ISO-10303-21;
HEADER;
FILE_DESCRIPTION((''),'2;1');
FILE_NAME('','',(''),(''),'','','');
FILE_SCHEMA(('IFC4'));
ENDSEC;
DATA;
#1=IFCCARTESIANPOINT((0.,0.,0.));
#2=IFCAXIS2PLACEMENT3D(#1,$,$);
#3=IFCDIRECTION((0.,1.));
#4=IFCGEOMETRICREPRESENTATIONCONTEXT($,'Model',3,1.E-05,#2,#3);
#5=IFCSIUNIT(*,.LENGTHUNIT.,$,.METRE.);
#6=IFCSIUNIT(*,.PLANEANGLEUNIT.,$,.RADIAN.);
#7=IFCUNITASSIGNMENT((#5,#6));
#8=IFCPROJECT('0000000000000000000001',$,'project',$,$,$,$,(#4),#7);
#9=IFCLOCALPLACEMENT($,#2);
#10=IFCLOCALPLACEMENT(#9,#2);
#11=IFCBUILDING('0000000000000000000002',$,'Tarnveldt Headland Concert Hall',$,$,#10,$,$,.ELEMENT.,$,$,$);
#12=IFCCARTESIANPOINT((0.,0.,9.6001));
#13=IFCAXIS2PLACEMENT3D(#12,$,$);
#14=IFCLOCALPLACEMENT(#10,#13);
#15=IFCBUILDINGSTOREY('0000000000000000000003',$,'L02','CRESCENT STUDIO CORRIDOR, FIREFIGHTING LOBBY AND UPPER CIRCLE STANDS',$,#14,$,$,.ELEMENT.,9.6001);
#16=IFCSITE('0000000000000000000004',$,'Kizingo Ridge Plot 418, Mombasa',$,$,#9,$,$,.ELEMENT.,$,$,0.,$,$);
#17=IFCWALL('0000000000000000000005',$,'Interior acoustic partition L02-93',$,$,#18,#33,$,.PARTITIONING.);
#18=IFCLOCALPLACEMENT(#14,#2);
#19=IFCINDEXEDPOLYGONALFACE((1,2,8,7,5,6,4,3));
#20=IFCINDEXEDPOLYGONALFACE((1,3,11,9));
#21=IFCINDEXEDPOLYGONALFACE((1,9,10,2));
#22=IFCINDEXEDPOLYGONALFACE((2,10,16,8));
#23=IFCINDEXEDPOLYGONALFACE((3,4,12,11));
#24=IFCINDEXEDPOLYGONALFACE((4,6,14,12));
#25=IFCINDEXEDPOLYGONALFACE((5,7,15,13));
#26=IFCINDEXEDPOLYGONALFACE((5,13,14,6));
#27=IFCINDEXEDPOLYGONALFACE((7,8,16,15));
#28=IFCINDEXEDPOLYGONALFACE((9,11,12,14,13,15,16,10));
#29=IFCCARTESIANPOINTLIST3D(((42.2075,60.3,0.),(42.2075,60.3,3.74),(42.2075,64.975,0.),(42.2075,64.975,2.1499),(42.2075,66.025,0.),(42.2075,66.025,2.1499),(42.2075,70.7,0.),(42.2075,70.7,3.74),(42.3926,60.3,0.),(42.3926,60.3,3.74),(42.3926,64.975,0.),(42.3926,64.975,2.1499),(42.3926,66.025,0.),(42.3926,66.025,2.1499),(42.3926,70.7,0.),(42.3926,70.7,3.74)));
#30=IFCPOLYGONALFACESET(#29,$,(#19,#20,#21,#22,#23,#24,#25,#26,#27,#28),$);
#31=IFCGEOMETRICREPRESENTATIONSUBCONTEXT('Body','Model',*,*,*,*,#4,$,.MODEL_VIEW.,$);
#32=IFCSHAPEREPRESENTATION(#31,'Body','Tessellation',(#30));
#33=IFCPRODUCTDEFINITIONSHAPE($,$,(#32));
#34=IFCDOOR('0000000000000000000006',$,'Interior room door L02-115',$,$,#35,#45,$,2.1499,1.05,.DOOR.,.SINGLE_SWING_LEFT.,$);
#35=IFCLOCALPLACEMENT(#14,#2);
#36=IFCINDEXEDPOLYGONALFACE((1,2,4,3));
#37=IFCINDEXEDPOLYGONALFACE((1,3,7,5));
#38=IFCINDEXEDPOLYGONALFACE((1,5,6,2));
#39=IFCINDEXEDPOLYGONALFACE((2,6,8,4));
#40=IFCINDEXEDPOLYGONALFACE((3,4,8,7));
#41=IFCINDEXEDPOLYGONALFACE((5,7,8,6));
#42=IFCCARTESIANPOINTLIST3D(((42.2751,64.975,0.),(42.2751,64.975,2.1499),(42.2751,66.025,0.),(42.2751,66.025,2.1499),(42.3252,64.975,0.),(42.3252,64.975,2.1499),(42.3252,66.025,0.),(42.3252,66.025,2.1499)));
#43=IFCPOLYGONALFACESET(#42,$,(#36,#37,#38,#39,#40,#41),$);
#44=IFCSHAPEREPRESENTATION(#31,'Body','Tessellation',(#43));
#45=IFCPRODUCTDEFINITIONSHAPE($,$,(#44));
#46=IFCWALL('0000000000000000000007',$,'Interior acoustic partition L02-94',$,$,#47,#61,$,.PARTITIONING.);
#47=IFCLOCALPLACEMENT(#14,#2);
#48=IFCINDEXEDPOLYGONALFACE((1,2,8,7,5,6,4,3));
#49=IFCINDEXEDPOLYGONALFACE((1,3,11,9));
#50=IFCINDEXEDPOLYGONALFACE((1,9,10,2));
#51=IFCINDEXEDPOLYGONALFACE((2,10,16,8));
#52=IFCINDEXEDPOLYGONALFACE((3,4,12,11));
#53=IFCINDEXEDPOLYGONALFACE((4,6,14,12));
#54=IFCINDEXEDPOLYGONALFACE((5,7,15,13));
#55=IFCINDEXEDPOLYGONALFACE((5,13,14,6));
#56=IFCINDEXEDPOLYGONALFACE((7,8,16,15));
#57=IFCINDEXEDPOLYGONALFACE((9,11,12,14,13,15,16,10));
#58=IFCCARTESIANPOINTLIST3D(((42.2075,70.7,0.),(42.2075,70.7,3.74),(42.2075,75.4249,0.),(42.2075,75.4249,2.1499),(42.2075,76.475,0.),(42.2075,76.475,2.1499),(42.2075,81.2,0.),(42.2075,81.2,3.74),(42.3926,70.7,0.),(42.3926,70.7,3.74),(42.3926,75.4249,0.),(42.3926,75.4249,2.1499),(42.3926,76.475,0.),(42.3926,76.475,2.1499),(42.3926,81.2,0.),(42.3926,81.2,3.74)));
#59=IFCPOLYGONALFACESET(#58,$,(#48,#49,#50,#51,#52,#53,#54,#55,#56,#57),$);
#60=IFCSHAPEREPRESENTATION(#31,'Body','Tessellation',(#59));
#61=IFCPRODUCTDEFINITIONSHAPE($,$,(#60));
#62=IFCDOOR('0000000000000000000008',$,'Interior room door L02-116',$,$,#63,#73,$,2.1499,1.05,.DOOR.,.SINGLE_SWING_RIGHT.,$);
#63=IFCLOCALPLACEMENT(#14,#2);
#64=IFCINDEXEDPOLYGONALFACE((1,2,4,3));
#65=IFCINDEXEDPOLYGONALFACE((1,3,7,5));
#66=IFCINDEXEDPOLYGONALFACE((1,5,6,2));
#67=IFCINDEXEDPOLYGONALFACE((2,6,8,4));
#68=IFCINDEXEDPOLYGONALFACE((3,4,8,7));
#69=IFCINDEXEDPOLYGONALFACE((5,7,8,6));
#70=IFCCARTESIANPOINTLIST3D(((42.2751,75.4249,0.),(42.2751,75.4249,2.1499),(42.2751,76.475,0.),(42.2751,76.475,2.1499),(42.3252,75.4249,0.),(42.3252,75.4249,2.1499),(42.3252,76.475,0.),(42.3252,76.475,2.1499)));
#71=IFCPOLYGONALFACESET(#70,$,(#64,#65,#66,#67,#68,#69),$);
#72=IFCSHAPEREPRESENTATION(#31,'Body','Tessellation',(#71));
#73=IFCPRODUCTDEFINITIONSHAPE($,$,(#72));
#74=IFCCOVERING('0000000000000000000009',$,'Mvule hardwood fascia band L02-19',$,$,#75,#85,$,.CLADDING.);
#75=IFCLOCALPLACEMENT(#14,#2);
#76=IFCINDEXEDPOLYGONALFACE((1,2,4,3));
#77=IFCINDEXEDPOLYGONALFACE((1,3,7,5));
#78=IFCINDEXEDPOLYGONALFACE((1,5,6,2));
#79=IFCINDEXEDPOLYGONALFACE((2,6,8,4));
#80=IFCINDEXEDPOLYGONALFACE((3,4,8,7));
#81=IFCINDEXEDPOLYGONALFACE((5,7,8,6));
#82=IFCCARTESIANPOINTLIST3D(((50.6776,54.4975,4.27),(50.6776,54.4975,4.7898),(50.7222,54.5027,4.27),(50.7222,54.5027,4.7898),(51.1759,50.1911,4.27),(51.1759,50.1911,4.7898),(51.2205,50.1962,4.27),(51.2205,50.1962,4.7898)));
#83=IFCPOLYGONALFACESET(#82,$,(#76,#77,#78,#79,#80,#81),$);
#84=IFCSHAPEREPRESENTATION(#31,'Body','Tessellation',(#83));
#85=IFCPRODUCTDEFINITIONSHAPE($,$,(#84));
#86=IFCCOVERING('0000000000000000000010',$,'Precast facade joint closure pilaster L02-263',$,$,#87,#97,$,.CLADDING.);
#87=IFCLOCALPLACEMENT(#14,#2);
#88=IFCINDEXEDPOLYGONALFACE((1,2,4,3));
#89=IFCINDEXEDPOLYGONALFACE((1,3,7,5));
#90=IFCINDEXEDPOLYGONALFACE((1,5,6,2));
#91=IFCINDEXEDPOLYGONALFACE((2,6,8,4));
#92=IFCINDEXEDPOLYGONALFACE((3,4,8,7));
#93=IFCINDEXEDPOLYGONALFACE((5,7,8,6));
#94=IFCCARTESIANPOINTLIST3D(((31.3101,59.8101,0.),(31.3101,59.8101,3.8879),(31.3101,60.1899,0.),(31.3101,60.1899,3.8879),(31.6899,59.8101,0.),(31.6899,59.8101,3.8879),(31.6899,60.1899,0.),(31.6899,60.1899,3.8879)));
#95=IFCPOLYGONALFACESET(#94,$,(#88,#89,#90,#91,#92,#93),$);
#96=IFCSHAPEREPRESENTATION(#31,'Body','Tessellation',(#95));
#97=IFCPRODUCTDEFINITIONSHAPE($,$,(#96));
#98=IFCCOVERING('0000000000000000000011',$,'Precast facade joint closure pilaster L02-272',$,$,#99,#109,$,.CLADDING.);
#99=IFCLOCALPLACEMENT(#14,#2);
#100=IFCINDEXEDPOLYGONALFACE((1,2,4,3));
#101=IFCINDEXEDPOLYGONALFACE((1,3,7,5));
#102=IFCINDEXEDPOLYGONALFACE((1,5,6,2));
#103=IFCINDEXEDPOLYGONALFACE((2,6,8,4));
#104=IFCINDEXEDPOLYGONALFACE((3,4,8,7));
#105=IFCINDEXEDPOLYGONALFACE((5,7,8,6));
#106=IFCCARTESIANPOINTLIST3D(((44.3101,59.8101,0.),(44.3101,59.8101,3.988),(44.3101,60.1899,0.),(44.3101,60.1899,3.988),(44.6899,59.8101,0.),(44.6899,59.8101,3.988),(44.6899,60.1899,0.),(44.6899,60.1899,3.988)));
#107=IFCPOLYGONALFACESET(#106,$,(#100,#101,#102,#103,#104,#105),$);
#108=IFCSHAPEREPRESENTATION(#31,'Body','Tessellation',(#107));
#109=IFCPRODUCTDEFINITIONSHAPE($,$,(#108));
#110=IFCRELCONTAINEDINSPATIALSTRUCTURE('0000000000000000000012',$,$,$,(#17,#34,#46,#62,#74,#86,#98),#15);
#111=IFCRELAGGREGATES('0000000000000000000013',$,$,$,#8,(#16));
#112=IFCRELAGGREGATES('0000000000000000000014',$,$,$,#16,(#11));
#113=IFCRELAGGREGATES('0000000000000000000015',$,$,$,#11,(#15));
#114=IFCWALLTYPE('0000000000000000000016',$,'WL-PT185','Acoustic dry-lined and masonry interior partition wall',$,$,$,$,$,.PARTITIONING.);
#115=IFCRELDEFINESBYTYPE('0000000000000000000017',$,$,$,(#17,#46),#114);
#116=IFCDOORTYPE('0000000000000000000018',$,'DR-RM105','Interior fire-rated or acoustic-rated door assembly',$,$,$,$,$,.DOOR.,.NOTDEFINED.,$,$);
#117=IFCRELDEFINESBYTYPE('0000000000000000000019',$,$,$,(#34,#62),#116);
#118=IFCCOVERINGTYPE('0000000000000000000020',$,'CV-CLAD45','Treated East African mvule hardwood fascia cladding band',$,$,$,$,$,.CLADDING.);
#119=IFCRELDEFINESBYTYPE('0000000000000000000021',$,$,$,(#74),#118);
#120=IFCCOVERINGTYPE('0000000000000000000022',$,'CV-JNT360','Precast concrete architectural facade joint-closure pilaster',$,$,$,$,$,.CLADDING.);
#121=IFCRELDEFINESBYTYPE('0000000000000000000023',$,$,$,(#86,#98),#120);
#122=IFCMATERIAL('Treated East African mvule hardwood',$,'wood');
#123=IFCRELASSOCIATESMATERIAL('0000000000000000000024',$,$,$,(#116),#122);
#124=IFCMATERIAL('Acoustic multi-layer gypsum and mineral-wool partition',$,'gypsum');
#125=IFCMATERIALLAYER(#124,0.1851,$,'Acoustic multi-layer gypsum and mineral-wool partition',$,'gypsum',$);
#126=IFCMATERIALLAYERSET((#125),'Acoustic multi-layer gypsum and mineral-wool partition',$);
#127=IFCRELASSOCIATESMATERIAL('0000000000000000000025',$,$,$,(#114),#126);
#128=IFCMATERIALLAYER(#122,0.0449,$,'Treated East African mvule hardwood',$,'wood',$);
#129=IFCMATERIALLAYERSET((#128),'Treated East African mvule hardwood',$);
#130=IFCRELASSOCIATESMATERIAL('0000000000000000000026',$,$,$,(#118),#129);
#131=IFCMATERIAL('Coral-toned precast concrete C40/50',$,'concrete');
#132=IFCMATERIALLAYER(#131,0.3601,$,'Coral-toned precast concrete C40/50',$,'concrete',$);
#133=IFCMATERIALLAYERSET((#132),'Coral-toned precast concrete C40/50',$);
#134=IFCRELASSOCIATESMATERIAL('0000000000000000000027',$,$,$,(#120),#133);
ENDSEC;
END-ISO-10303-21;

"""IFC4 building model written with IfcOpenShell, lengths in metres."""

from ifc_helpers import new_model, si_unit, direction, frame, frame_2d, origin, origin_2d, place, context, subcontext, project, spatial, rectangle, extrude, material, layer, layer_set, type_object, element, fill, save


model = new_model("IFC4")

# Units and contexts
model_context = context("Model", 3, precision=1e-05, world=origin(), true_north=direction((0.0, 1.0)))
body_context = subcontext(model_context, "Body", "Model", "MODEL_VIEW")
ifc_project = project(units=[si_unit("LENGTHUNIT", "METRE"), si_unit("PLANEANGLEUNIT", "RADIAN")], contexts=[model_context])

# Site, building, storey
site_placement = place(None, origin())
site = spatial("IfcSite", under=ifc_project, at=site_placement, Name="Kizingo Ridge Plot 418, Mombasa", CompositionType="ELEMENT", RefElevation=0.0)
building_placement = place(site_placement, origin())
building = spatial("IfcBuilding", under=site, at=building_placement, Name="Tarnveldt Headland Concert Hall", CompositionType="ELEMENT")
storey_placement = place(building_placement, frame((0.0, 0.0, 9.6001)))
storey = spatial("IfcBuildingStorey", under=building, at=storey_placement, Name="L02", Description="CRESCENT STUDIO CORRIDOR, FIREFIGHTING LOBBY AND UPPER CIRCLE STANDS", CompositionType="ELEMENT", Elevation=9.6001)

# Shared definitions
ifc_material_1 = material(Name="Coral-toned precast concrete C40/50", Category="concrete")

# Walls, openings, doors
ifc_material_2 = material(Name="Acoustic multi-layer gypsum and mineral-wool partition", Category="gypsum")
ifc_material_3 = material(Name="Treated East African mvule hardwood", Category="wood")
door_type = type_object("IfcDoorType", Name="DR-RM105", Description="Interior fire-rated or acoustic-rated door assembly", OperationType="NOTDEFINED", PredefinedType="DOOR", material=ifc_material_3)
ifc_layer_1 = layer(ifc_material_2, 0.1851, Name="Acoustic multi-layer gypsum and mineral-wool partition", Category="gypsum")
ifc_layer_set_1 = layer_set([ifc_layer_1], Name="Acoustic multi-layer gypsum and mineral-wool partition")
wall_type_1 = type_object("IfcWallType", Name="WL-PT185", Description="Acoustic dry-lined and masonry interior partition wall", PredefinedType="PARTITIONING", material=ifc_layer_set_1)
wall_1_placement = place(storey_placement, frame((42.3, 60.3, 0.0), z_axis=(0.0, 0.0, 1.0), x_axis=(0.0, 1.0, 0.0)))
wall_1 = element("IfcWall", 1, at=wall_1_placement, inside=storey, type_object=wall_type_1, Name="Interior acoustic partition L02-93", PredefinedType="PARTITIONING", context=body_context, shape_type="SweptSolid", body=[
    extrude(rectangle(XDim=10.3999, YDim=0.1851, at=frame_2d((5.2, 0.0))), origin(), (0.0, 0.0, 1.0), 3.74),
])
opening_1_placement = place(wall_1_placement, frame((4.675, 0.0, 0.0)))
opening_1 = element("IfcOpeningElement", 2, at=opening_1_placement, cuts=wall_1, PredefinedType="OPENING", context=body_context, shape_type="SweptSolid", body=[
    extrude(rectangle(XDim=1.05, YDim=2.1499, at=frame_2d((0.5249, 1.075))), frame((0.0, 0.1025, 0.0), z_axis=(0.0, -1.0, 0.0), x_axis=(1.0, 0.0, 0.0)), (0.0, 0.0, 1.0), 0.2051),
])
door_1_placement = place(opening_1_placement, origin())
door_1 = element("IfcDoor", 3, at=door_1_placement, inside=storey, type_object=door_type, Name="Interior room door L02-115", OperationType="SINGLE_SWING_LEFT", OverallHeight=2.1499, OverallWidth=1.05, PredefinedType="DOOR", context=body_context, shape_type="SweptSolid", body=[
    extrude(rectangle(XDim=1.05, YDim=2.1499, at=frame_2d((0.5249, 1.075))), frame((0.0, 0.0249, 0.0), z_axis=(0.0, -1.0, 0.0), x_axis=(1.0, 0.0, 0.0)), (0.0, 0.0, 1.0), 0.05),
])
fill(opening_1, door_1)
wall_2_placement = place(storey_placement, frame((42.3, 70.7, 0.0), z_axis=(0.0, 0.0, 1.0), x_axis=(0.0, 1.0, 0.0)))
wall_2 = element("IfcWall", 4, at=wall_2_placement, inside=storey, type_object=wall_type_1, Name="Interior acoustic partition L02-94", PredefinedType="PARTITIONING", context=body_context, shape_type="SweptSolid", body=[
    extrude(rectangle(XDim=10.5, YDim=0.1851, at=frame_2d((5.25, 0.0))), origin(), (0.0, 0.0, 1.0), 3.74),
])
opening_2_placement = place(wall_2_placement, frame((4.7251, 0.0, 0.0)))
opening_2 = element("IfcOpeningElement", 5, at=opening_2_placement, cuts=wall_2, PredefinedType="OPENING", context=body_context, shape_type="SweptSolid", body=[
    extrude(rectangle(XDim=1.05, YDim=2.1499, at=frame_2d((0.5249, 1.075))), frame((0.0, 0.1025, 0.0), z_axis=(0.0, -1.0, 0.0), x_axis=(1.0, 0.0, 0.0)), (0.0, 0.0, 1.0), 0.2051),
])
door_2_placement = place(opening_2_placement, origin())
door_2 = element("IfcDoor", 6, at=door_2_placement, inside=storey, type_object=door_type, Name="Interior room door L02-116", OperationType="SINGLE_SWING_RIGHT", OverallHeight=2.1499, OverallWidth=1.05, PredefinedType="DOOR", context=body_context, shape_type="SweptSolid", body=[
    extrude(rectangle(XDim=1.05, YDim=2.1499, at=frame_2d((0.5249, 1.075))), frame((0.0, 0.0249, 0.0), z_axis=(0.0, -1.0, 0.0), x_axis=(1.0, 0.0, 0.0)), (0.0, 0.0, 1.0), 0.05),
])
fill(opening_2, door_2)

# Coverings
ifc_layer_2 = layer(ifc_material_3, 0.0449, Name="Treated East African mvule hardwood", Category="wood")
ifc_layer_set_2 = layer_set([ifc_layer_2], Name="Treated East African mvule hardwood")
covering_type_1 = type_object("IfcCoveringType", Name="CV-CLAD45", Description="Treated East African mvule hardwood fascia cladding band", PredefinedType="CLADDING", material=ifc_layer_set_2)
covering_1_placement = place(storey_placement, frame((50.7, 54.5, 4.27), z_axis=(0.0, 0.0, 1.0), x_axis=(0.114943, -0.993372, 0.0)))
element("IfcCovering", 7, at=covering_1_placement, inside=storey, type_object=covering_type_1, Name="Mvule hardwood fascia band L02-19", PredefinedType="CLADDING", context=body_context, shape_type="SweptSolid", body=[
    extrude(rectangle(XDim=4.3352, YDim=0.0449, at=frame_2d((2.1675, 0.0))), origin(), (0.0, 0.0, 1.0), 0.5198),
])
ifc_layer_3 = layer(ifc_material_1, 0.3601, Name="Coral-toned precast concrete C40/50", Category="concrete")
ifc_layer_set_3 = layer_set([ifc_layer_3], Name="Coral-toned precast concrete C40/50")
covering_type_2 = type_object("IfcCoveringType", Name="CV-JNT360", Description="Precast concrete architectural facade joint-closure pilaster", PredefinedType="CLADDING", material=ifc_layer_set_3)
covering_2_placement = place(storey_placement, frame((31.5, 60.0, 0.0), z_axis=(0.0, 0.0, 1.0), x_axis=(-1.0, 0.0, 0.0)))
element("IfcCovering", 8, at=covering_2_placement, inside=storey, type_object=covering_type_2, Name="Precast facade joint closure pilaster L02-263", PredefinedType="CLADDING", context=body_context, shape_type="SweptSolid", body=[
    extrude(rectangle(XDim=0.3799, YDim=0.3799, at=origin_2d()), origin(), (0.0, 0.0, 1.0), 3.8879),
])
covering_3_placement = place(storey_placement, frame((44.5, 60.0, 0.0), z_axis=(0.0, 0.0, 1.0), x_axis=(-1.0, 0.0, 0.0)))
element("IfcCovering", 9, at=covering_3_placement, inside=storey, type_object=covering_type_2, Name="Precast facade joint closure pilaster L02-272", PredefinedType="CLADDING", context=body_context, shape_type="SweptSolid", body=[
    extrude(rectangle(XDim=0.3799, YDim=0.3799, at=origin_2d()), origin(), (0.0, 0.0, 1.0), 3.988),
])

save(model, "model.ifc")
